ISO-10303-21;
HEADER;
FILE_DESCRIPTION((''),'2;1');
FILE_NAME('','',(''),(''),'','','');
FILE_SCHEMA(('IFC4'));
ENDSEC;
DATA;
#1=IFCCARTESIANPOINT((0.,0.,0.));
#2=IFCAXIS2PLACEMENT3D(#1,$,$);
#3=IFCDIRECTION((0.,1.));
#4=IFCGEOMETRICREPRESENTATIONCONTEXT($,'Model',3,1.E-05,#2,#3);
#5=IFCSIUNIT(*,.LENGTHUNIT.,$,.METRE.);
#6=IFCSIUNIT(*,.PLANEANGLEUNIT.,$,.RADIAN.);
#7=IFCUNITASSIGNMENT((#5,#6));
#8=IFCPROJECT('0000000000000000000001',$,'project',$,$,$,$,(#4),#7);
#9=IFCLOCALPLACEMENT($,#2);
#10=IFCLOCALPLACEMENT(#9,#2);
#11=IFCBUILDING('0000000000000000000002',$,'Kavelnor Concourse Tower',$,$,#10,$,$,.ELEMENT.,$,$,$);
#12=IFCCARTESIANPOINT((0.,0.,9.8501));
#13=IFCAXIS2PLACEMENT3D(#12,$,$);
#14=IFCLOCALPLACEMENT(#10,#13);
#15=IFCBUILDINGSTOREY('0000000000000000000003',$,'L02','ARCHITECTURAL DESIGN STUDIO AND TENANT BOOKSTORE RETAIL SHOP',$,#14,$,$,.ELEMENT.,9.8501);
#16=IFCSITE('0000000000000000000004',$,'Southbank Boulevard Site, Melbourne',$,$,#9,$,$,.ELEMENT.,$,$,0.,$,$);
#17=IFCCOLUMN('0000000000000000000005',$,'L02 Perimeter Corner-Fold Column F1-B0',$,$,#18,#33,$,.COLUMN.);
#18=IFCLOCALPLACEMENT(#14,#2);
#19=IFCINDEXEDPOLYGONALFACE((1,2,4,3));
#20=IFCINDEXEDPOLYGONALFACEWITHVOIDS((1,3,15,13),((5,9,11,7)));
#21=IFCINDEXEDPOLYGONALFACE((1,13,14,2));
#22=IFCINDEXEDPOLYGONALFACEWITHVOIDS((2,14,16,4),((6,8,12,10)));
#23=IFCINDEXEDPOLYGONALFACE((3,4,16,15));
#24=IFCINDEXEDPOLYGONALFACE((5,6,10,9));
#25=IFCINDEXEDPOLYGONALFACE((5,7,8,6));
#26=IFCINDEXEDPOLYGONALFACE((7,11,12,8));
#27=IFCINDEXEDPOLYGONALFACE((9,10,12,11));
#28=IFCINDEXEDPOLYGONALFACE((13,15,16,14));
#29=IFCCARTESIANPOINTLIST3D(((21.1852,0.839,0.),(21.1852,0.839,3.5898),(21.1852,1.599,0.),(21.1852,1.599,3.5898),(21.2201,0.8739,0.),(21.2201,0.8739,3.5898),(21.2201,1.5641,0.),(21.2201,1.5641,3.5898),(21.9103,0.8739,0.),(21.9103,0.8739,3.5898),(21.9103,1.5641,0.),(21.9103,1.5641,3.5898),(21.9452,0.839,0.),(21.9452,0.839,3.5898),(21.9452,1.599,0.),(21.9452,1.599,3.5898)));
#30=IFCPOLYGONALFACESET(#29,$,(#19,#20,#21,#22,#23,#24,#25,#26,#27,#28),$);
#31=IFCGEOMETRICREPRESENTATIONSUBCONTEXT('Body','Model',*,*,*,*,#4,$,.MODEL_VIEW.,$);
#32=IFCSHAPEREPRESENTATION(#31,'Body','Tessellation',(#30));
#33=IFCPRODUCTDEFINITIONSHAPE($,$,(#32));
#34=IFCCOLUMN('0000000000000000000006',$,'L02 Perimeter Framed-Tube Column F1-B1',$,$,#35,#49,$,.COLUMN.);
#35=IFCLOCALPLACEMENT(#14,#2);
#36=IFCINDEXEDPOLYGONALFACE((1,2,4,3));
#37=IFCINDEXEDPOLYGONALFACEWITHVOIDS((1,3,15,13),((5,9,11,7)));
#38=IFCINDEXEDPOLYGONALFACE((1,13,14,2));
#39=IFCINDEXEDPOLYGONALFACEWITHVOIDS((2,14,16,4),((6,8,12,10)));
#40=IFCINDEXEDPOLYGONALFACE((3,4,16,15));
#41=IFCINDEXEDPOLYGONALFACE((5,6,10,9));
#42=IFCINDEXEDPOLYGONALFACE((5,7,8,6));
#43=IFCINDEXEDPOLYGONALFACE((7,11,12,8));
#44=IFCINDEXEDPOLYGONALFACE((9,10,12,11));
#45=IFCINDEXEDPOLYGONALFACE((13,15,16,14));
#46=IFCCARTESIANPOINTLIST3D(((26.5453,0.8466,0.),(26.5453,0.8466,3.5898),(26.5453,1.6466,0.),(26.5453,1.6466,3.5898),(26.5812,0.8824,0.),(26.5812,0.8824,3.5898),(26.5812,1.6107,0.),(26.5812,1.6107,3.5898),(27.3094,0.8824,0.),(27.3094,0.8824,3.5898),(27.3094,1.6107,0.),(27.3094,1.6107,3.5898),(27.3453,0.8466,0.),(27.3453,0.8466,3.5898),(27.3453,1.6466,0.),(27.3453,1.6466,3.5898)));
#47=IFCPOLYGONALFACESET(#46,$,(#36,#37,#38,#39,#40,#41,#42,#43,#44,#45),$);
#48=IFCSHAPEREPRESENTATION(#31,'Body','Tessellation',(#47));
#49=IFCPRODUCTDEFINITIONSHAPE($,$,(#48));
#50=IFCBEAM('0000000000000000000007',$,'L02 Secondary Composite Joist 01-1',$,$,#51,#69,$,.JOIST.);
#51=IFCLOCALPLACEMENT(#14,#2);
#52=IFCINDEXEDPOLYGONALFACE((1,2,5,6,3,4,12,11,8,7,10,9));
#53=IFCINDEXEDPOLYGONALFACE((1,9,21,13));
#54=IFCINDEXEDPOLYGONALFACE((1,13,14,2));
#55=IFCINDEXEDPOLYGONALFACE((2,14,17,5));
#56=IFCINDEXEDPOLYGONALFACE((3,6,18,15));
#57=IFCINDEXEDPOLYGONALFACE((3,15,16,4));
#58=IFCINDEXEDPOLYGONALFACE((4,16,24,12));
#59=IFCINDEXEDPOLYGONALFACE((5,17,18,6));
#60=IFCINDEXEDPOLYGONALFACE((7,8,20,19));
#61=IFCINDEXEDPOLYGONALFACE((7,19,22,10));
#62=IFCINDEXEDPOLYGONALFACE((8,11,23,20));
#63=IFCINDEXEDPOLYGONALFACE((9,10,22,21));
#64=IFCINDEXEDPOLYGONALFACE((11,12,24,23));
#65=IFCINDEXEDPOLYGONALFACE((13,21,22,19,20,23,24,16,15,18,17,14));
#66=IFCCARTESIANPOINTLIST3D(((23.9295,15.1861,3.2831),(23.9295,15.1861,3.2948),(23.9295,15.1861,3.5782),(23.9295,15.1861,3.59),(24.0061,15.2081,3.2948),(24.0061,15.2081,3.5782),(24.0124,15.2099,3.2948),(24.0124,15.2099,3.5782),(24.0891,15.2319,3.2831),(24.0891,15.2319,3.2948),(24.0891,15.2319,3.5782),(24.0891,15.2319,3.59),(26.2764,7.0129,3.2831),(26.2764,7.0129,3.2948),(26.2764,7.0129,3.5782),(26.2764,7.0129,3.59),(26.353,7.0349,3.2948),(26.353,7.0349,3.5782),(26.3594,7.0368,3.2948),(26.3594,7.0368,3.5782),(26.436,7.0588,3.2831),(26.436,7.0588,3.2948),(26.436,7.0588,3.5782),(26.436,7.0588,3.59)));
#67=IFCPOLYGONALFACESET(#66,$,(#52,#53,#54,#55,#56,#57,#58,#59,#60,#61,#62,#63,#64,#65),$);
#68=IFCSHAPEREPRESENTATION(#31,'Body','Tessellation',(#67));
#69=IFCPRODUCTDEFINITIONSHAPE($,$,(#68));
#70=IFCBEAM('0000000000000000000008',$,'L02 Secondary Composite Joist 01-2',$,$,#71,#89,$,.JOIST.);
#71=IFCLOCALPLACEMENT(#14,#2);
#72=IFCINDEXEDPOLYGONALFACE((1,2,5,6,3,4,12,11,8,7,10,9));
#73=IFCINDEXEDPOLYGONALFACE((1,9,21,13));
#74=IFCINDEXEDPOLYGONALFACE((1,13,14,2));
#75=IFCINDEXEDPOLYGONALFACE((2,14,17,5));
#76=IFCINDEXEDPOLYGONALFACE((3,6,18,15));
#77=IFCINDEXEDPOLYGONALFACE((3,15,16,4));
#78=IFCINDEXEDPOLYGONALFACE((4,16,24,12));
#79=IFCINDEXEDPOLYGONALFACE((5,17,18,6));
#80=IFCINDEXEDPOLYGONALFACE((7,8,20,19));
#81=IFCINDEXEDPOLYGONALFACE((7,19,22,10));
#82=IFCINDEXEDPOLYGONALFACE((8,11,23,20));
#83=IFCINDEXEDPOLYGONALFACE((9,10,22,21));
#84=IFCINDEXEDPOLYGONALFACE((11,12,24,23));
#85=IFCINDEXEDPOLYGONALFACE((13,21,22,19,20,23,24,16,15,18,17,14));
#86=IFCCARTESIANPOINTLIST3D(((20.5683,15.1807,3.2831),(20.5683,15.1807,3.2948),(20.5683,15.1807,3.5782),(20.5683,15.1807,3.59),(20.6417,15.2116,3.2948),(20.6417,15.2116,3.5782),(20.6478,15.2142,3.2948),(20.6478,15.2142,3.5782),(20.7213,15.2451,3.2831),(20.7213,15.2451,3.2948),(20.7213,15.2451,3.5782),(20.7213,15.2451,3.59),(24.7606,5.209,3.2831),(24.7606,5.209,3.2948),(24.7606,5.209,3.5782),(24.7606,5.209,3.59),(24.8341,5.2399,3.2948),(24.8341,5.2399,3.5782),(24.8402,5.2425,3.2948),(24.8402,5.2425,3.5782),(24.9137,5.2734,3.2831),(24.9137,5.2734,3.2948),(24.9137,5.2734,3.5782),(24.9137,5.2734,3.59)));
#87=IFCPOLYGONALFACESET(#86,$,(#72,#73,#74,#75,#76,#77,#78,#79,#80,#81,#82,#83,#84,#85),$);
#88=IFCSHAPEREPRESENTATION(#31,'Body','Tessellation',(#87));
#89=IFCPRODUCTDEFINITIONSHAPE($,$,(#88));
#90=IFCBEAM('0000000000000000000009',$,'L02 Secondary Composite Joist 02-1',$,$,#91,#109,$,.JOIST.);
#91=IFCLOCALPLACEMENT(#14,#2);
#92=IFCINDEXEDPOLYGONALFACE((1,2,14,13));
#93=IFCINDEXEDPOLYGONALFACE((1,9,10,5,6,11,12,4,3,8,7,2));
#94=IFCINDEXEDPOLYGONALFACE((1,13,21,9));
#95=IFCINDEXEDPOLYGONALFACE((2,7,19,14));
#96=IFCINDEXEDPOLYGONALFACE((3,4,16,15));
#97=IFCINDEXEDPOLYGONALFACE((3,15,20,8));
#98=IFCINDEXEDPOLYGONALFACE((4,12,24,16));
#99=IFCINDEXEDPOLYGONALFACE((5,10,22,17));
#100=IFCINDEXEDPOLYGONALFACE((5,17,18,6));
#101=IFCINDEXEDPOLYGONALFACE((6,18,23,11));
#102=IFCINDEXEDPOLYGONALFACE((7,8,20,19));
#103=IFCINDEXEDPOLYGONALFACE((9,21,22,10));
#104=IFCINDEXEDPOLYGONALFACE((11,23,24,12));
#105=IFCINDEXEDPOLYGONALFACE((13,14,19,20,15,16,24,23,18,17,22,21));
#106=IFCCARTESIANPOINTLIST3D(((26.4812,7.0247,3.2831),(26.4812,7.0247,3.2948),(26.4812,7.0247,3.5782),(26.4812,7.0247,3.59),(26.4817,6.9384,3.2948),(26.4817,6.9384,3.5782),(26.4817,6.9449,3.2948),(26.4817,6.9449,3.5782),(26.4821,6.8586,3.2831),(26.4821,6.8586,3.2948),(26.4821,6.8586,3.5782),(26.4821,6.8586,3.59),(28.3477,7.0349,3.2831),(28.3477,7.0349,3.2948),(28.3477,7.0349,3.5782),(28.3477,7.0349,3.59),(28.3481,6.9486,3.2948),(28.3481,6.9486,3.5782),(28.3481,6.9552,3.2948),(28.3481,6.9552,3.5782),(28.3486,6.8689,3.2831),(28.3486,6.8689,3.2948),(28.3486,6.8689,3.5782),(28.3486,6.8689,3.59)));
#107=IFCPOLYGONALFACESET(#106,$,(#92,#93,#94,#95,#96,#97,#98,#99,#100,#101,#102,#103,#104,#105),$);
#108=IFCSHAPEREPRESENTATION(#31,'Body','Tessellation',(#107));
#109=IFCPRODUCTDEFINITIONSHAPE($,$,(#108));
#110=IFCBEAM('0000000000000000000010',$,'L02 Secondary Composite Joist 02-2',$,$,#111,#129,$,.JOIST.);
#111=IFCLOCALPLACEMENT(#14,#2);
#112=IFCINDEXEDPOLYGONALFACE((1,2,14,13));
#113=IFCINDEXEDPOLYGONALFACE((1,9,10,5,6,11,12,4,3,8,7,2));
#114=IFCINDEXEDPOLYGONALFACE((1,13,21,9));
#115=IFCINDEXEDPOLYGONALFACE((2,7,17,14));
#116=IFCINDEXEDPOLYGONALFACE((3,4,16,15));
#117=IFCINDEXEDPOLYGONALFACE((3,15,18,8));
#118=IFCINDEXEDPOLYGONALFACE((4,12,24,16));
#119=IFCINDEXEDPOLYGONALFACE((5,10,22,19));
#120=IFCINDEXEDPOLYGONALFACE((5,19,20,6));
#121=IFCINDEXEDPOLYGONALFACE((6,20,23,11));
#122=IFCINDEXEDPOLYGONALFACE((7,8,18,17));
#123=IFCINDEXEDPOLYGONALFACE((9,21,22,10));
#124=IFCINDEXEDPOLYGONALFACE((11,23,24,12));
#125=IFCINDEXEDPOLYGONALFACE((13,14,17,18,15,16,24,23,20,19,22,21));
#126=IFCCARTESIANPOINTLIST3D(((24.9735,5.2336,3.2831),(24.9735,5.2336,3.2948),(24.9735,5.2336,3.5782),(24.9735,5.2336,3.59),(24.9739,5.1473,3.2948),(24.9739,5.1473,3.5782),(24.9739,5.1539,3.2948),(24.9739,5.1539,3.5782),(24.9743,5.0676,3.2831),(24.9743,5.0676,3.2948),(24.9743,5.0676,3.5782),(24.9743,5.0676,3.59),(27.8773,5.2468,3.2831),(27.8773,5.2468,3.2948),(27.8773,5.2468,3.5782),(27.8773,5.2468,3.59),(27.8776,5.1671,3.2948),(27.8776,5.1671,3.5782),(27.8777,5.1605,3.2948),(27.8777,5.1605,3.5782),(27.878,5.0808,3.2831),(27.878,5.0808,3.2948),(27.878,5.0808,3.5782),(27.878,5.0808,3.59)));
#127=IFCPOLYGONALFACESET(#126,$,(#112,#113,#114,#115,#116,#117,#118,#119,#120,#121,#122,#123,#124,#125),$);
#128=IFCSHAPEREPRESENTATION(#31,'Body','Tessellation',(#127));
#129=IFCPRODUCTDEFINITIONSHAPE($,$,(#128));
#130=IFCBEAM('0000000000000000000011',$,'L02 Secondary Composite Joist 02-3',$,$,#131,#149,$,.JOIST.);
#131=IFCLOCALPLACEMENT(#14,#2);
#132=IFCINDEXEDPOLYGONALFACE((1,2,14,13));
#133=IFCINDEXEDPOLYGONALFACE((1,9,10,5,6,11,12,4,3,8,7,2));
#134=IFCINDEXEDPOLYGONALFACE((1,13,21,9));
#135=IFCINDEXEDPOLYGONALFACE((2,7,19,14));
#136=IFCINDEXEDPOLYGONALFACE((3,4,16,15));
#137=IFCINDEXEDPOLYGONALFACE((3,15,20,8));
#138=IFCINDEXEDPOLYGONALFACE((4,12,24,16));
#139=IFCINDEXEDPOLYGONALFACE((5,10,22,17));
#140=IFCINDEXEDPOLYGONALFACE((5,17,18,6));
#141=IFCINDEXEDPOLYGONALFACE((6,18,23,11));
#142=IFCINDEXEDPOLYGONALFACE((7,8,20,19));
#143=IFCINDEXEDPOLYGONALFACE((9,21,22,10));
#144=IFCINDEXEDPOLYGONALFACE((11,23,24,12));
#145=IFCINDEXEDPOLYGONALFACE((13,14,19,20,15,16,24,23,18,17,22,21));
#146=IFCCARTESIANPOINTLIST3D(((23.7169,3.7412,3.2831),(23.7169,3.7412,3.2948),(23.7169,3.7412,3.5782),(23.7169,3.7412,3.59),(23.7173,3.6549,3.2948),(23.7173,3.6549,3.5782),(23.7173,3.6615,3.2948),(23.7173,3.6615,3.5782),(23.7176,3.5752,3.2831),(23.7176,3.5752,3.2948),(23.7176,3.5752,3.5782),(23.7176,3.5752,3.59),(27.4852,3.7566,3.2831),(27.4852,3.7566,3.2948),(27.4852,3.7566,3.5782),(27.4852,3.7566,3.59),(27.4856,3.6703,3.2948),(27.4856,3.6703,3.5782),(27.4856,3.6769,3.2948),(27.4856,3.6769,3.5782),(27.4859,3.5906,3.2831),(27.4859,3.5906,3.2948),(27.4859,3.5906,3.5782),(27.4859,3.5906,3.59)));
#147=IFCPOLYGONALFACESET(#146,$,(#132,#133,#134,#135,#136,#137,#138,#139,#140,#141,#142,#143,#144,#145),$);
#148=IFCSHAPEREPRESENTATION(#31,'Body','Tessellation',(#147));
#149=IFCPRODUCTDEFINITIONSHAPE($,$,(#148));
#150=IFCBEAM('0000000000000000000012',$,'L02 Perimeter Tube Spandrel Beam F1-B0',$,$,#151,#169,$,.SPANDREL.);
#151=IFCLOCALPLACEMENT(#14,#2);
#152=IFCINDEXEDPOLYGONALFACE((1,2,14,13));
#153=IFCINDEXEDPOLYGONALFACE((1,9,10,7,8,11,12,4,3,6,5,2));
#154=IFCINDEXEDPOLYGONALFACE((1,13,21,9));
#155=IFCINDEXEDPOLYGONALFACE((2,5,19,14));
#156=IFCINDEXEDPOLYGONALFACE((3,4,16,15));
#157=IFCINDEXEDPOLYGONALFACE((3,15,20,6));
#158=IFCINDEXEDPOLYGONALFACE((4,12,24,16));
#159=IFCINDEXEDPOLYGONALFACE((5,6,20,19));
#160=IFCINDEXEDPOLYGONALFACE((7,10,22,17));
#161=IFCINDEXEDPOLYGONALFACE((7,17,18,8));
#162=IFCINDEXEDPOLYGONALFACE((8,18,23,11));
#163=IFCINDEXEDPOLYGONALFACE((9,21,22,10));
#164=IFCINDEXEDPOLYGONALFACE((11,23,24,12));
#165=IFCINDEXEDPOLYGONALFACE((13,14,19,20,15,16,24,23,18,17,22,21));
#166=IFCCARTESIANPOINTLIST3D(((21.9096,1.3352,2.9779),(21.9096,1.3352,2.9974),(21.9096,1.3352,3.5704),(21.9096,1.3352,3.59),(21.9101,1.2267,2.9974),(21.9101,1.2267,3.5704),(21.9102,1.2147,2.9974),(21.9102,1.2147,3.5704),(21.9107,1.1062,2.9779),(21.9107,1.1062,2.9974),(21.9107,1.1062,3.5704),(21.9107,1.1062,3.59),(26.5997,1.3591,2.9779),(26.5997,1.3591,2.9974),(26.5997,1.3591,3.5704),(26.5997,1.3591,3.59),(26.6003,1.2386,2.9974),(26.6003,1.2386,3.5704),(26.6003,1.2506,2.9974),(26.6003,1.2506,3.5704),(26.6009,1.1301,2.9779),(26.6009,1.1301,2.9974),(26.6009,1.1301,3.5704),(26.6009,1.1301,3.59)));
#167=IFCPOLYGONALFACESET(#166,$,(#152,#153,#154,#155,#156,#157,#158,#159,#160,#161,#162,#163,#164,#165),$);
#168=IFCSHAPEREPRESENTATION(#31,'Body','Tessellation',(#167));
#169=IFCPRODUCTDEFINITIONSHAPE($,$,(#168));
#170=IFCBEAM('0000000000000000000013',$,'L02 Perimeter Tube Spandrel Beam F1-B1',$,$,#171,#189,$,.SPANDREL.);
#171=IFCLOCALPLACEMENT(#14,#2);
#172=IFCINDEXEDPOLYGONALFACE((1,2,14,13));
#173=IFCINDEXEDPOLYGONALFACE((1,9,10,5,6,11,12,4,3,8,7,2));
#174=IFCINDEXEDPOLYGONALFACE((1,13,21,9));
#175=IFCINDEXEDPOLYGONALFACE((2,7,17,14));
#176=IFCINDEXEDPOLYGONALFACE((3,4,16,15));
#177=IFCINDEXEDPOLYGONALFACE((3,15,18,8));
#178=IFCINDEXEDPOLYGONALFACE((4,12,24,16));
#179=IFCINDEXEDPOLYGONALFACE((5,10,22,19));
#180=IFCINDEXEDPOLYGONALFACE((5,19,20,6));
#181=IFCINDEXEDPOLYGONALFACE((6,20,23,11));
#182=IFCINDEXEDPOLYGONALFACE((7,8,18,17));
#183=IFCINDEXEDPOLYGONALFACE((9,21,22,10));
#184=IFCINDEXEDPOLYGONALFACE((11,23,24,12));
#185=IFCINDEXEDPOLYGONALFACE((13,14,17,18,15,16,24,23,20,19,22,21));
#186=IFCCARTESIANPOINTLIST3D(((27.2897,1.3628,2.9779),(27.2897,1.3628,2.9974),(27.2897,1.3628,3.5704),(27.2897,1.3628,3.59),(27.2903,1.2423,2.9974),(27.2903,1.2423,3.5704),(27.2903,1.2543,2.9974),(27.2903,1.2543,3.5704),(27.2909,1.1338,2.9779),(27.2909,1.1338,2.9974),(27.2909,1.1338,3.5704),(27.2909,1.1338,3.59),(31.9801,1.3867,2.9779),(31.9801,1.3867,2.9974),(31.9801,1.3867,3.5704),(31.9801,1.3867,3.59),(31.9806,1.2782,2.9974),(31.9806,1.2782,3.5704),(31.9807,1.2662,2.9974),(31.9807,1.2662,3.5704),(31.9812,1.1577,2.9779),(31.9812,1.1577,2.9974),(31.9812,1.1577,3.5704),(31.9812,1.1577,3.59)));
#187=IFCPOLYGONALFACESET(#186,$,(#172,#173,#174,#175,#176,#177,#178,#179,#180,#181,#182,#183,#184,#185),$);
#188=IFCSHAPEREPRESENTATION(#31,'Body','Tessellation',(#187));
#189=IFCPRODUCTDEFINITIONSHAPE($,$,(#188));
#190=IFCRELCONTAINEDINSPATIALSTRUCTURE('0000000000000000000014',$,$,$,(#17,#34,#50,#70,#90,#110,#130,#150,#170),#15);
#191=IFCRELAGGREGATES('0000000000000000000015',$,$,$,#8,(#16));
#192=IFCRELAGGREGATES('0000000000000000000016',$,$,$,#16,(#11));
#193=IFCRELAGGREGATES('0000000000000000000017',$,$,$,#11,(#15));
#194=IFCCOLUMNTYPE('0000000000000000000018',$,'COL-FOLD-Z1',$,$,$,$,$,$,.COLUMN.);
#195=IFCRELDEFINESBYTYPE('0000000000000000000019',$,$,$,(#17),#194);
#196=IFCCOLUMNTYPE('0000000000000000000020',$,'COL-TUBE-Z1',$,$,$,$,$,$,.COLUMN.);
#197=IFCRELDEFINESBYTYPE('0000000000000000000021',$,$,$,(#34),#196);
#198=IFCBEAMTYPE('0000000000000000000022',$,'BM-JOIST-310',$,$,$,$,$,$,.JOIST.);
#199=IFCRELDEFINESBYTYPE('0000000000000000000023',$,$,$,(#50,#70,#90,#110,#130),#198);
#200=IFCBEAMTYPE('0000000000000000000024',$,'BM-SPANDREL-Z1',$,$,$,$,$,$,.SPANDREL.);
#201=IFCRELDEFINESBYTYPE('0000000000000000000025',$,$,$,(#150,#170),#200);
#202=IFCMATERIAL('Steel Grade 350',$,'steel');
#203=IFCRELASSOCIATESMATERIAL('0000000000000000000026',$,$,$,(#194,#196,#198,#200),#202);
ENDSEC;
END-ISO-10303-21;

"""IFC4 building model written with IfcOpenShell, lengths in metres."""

from ifc_helpers import new_model, si_unit, direction, frame, origin, origin_2d, place, context, subcontext, project, spatial, hollow_rectangle, i_section, extrude, material, material_profile, profile_set, type_object, element, save


model = new_model("IFC4")

# Units and contexts
model_context = context("Model", 3, precision=1e-05, world=origin(), true_north=direction((0.0, 1.0)))
body_context = subcontext(model_context, "Body", "Model", "MODEL_VIEW")
ifc_project = project(units=[si_unit("LENGTHUNIT", "METRE"), si_unit("PLANEANGLEUNIT", "RADIAN")], contexts=[model_context])

# Site, building, storey
site_placement = place(None, origin())
site = spatial("IfcSite", under=ifc_project, at=site_placement, Name="Southbank Boulevard Site, Melbourne", CompositionType="ELEMENT", RefElevation=0.0)
building_placement = place(site_placement, origin())
building = spatial("IfcBuilding", under=site, at=building_placement, Name="Kavelnor Concourse Tower", CompositionType="ELEMENT")
storey_placement = place(building_placement, frame((0.0, 0.0, 9.8501)))
storey = spatial("IfcBuildingStorey", under=building, at=storey_placement, Name="L02", Description="ARCHITECTURAL DESIGN STUDIO AND TENANT BOOKSTORE RETAIL SHOP", CompositionType="ELEMENT", Elevation=9.8501)

# Columns
ifc_material_1 = material(Name="Steel Grade 350", Category="steel")
ifc_material_profile_1 = material_profile(ifc_material_1, hollow_rectangle(XDim=0.76, YDim=0.76, WallThickness=0.0349, at=origin_2d()), Name="SHS 760x760x35")
ifc_profile_set_1 = profile_set([ifc_material_profile_1], Name="Steel Grade 350")
column_type_1 = type_object("IfcColumnType", Name="COL-FOLD-Z1", PredefinedType="COLUMN", material=ifc_profile_set_1)
column_1_placement = place(storey_placement, frame((21.5652, 1.219, 0.0), z_axis=(0.0, 0.0, 1.0), x_axis=(1.0, 0.0, 0.0)))
element("IfcColumn", 1, at=column_1_placement, inside=storey, type_object=column_type_1, Name="L02 Perimeter Corner-Fold Column F1-B0", PredefinedType="COLUMN", context=body_context, shape_type="SweptSolid", body=[
    extrude(hollow_rectangle(XDim=0.76, YDim=0.76, WallThickness=0.0349, at=origin_2d()), origin(), (0.0, 0.0, 1.0), 3.5898),
])
ifc_material_profile_2 = material_profile(ifc_material_1, hollow_rectangle(XDim=0.8, YDim=0.8, WallThickness=0.0359, at=origin_2d()), Name="SHS 800x800x36")
ifc_profile_set_2 = profile_set([ifc_material_profile_2], Name="Steel Grade 350")
column_type_2 = type_object("IfcColumnType", Name="COL-TUBE-Z1", PredefinedType="COLUMN", material=ifc_profile_set_2)
column_2_placement = place(storey_placement, frame((26.9453, 1.2466, 0.0), z_axis=(0.0, 0.0, 1.0), x_axis=(1.0, 0.0, 0.0)))
element("IfcColumn", 2, at=column_2_placement, inside=storey, type_object=column_type_2, Name="L02 Perimeter Framed-Tube Column F1-B1", PredefinedType="COLUMN", context=body_context, shape_type="SweptSolid", body=[
    extrude(hollow_rectangle(XDim=0.8, YDim=0.8, WallThickness=0.0359, at=origin_2d()), origin(), (0.0, 0.0, 1.0), 3.5898),
])

# Beams
ifc_material_profile_3 = material_profile(ifc_material_1, i_section(OverallWidth=0.166, OverallDepth=0.3069, WebThickness=0.0066, FlangeThickness=0.0117, at=origin_2d()), Name="310UB46")
ifc_profile_set_3 = profile_set([ifc_material_profile_3], Name="Steel Grade 350")
beam_type_1 = type_object("IfcBeamType", Name="BM-JOIST-310", PredefinedType="JOIST", material=ifc_profile_set_3)
beam_1_placement = place(storey_placement, frame((24.0093, 15.209, 3.4365), z_axis=(0.275999, -0.961158, 0.0), x_axis=(0.961158, 0.275999, 0.0)))
element("IfcBeam", 3, at=beam_1_placement, inside=storey, type_object=beam_type_1, Name="L02 Secondary Composite Joist 01-1", PredefinedType="JOIST", context=body_context, shape_type="SweptSolid", body=[
    extrude(i_section(OverallWidth=0.166, OverallDepth=0.3069, WebThickness=0.0066, FlangeThickness=0.0117, at=origin_2d()), origin(), (0.0, 0.0, 1.0), 8.5034),
])
beam_2_placement = place(storey_placement, frame((20.6448, 15.2129, 3.4365), z_axis=(0.387569, -0.921841, 0.0), x_axis=(0.921841, 0.387569, 0.0)))
element("IfcBeam", 4, at=beam_2_placement, inside=storey, type_object=beam_type_1, Name="L02 Secondary Composite Joist 01-2", PredefinedType="JOIST", context=body_context, shape_type="SweptSolid", body=[
    extrude(i_section(OverallWidth=0.166, OverallDepth=0.3069, WebThickness=0.0066, FlangeThickness=0.0117, at=origin_2d()), origin(), (0.0, 0.0, 1.0), 10.8171),
])
beam_3_placement = place(storey_placement, frame((26.4817, 6.9417, 3.4365), z_axis=(0.999985, 0.005494, 0.0), x_axis=(-0.005494, 0.999985, 0.0)))
element("IfcBeam", 5, at=beam_3_placement, inside=storey, type_object=beam_type_1, Name="L02 Secondary Composite Joist 02-1", PredefinedType="JOIST", context=body_context, shape_type="SweptSolid", body=[
    extrude(i_section(OverallWidth=0.166, OverallDepth=0.3069, WebThickness=0.0066, FlangeThickness=0.0117, at=origin_2d()), origin(), (0.0, 0.0, 1.0), 1.8665),
])
beam_4_placement = place(storey_placement, frame((24.9739, 5.1506, 3.4365), z_axis=(0.99999, 0.00454, 0.0), x_axis=(-0.00454, 0.99999, 0.0)))
element("IfcBeam", 6, at=beam_4_placement, inside=storey, type_object=beam_type_1, Name="L02 Secondary Composite Joist 02-2", PredefinedType="JOIST", context=body_context, shape_type="SweptSolid", body=[
    extrude(i_section(OverallWidth=0.166, OverallDepth=0.3069, WebThickness=0.0066, FlangeThickness=0.0117, at=origin_2d()), origin(), (0.0, 0.0, 1.0), 2.9038),
])
beam_5_placement = place(storey_placement, frame((23.7173, 3.6582, 3.4365), z_axis=(0.999992, 0.004082, 0.0), x_axis=(-0.004082, 0.999992, 0.0)))
element("IfcBeam", 7, at=beam_5_placement, inside=storey, type_object=beam_type_1, Name="L02 Secondary Composite Joist 02-3", PredefinedType="JOIST", context=body_context, shape_type="SweptSolid", body=[
    extrude(i_section(OverallWidth=0.166, OverallDepth=0.3069, WebThickness=0.0066, FlangeThickness=0.0117, at=origin_2d()), origin(), (0.0, 0.0, 1.0), 3.7683),
])
ifc_material_profile_4 = material_profile(ifc_material_1, i_section(OverallWidth=0.229, OverallDepth=0.6121, WebThickness=0.012, FlangeThickness=0.0195, at=origin_2d()), Name="610UB125")
ifc_profile_set_4 = profile_set([ifc_material_profile_4], Name="Steel Grade 350")
beam_type_2 = type_object("IfcBeamType", Name="BM-SPANDREL-Z1", PredefinedType="SPANDREL", material=ifc_profile_set_4)
beam_6_placement = place(storey_placement, frame((21.9102, 1.2207, 3.2839), z_axis=(0.999987, 0.005101, 0.0), x_axis=(-0.005101, 0.999987, 0.0)))
element("IfcBeam", 8, at=beam_6_placement, inside=storey, type_object=beam_type_2, Name="L02 Perimeter Tube Spandrel Beam F1-B0", PredefinedType="SPANDREL", context=body_context, shape_type="SweptSolid", body=[
    extrude(i_section(OverallWidth=0.229, OverallDepth=0.6121, WebThickness=0.012, FlangeThickness=0.0195, at=origin_2d()), origin(), (0.0, 0.0, 1.0), 4.6902),
])
beam_7_placement = place(storey_placement, frame((27.2903, 1.2483, 3.2839), z_axis=(0.999987, 0.005101, 0.0), x_axis=(-0.005101, 0.999987, 0.0)))
element("IfcBeam", 9, at=beam_7_placement, inside=storey, type_object=beam_type_2, Name="L02 Perimeter Tube Spandrel Beam F1-B1", PredefinedType="SPANDREL", context=body_context, shape_type="SweptSolid", body=[
    extrude(i_section(OverallWidth=0.229, OverallDepth=0.6121, WebThickness=0.012, FlangeThickness=0.0195, at=origin_2d()), origin(), (0.0, 0.0, 1.0), 4.6904),
])

save(model, "model.ifc")
